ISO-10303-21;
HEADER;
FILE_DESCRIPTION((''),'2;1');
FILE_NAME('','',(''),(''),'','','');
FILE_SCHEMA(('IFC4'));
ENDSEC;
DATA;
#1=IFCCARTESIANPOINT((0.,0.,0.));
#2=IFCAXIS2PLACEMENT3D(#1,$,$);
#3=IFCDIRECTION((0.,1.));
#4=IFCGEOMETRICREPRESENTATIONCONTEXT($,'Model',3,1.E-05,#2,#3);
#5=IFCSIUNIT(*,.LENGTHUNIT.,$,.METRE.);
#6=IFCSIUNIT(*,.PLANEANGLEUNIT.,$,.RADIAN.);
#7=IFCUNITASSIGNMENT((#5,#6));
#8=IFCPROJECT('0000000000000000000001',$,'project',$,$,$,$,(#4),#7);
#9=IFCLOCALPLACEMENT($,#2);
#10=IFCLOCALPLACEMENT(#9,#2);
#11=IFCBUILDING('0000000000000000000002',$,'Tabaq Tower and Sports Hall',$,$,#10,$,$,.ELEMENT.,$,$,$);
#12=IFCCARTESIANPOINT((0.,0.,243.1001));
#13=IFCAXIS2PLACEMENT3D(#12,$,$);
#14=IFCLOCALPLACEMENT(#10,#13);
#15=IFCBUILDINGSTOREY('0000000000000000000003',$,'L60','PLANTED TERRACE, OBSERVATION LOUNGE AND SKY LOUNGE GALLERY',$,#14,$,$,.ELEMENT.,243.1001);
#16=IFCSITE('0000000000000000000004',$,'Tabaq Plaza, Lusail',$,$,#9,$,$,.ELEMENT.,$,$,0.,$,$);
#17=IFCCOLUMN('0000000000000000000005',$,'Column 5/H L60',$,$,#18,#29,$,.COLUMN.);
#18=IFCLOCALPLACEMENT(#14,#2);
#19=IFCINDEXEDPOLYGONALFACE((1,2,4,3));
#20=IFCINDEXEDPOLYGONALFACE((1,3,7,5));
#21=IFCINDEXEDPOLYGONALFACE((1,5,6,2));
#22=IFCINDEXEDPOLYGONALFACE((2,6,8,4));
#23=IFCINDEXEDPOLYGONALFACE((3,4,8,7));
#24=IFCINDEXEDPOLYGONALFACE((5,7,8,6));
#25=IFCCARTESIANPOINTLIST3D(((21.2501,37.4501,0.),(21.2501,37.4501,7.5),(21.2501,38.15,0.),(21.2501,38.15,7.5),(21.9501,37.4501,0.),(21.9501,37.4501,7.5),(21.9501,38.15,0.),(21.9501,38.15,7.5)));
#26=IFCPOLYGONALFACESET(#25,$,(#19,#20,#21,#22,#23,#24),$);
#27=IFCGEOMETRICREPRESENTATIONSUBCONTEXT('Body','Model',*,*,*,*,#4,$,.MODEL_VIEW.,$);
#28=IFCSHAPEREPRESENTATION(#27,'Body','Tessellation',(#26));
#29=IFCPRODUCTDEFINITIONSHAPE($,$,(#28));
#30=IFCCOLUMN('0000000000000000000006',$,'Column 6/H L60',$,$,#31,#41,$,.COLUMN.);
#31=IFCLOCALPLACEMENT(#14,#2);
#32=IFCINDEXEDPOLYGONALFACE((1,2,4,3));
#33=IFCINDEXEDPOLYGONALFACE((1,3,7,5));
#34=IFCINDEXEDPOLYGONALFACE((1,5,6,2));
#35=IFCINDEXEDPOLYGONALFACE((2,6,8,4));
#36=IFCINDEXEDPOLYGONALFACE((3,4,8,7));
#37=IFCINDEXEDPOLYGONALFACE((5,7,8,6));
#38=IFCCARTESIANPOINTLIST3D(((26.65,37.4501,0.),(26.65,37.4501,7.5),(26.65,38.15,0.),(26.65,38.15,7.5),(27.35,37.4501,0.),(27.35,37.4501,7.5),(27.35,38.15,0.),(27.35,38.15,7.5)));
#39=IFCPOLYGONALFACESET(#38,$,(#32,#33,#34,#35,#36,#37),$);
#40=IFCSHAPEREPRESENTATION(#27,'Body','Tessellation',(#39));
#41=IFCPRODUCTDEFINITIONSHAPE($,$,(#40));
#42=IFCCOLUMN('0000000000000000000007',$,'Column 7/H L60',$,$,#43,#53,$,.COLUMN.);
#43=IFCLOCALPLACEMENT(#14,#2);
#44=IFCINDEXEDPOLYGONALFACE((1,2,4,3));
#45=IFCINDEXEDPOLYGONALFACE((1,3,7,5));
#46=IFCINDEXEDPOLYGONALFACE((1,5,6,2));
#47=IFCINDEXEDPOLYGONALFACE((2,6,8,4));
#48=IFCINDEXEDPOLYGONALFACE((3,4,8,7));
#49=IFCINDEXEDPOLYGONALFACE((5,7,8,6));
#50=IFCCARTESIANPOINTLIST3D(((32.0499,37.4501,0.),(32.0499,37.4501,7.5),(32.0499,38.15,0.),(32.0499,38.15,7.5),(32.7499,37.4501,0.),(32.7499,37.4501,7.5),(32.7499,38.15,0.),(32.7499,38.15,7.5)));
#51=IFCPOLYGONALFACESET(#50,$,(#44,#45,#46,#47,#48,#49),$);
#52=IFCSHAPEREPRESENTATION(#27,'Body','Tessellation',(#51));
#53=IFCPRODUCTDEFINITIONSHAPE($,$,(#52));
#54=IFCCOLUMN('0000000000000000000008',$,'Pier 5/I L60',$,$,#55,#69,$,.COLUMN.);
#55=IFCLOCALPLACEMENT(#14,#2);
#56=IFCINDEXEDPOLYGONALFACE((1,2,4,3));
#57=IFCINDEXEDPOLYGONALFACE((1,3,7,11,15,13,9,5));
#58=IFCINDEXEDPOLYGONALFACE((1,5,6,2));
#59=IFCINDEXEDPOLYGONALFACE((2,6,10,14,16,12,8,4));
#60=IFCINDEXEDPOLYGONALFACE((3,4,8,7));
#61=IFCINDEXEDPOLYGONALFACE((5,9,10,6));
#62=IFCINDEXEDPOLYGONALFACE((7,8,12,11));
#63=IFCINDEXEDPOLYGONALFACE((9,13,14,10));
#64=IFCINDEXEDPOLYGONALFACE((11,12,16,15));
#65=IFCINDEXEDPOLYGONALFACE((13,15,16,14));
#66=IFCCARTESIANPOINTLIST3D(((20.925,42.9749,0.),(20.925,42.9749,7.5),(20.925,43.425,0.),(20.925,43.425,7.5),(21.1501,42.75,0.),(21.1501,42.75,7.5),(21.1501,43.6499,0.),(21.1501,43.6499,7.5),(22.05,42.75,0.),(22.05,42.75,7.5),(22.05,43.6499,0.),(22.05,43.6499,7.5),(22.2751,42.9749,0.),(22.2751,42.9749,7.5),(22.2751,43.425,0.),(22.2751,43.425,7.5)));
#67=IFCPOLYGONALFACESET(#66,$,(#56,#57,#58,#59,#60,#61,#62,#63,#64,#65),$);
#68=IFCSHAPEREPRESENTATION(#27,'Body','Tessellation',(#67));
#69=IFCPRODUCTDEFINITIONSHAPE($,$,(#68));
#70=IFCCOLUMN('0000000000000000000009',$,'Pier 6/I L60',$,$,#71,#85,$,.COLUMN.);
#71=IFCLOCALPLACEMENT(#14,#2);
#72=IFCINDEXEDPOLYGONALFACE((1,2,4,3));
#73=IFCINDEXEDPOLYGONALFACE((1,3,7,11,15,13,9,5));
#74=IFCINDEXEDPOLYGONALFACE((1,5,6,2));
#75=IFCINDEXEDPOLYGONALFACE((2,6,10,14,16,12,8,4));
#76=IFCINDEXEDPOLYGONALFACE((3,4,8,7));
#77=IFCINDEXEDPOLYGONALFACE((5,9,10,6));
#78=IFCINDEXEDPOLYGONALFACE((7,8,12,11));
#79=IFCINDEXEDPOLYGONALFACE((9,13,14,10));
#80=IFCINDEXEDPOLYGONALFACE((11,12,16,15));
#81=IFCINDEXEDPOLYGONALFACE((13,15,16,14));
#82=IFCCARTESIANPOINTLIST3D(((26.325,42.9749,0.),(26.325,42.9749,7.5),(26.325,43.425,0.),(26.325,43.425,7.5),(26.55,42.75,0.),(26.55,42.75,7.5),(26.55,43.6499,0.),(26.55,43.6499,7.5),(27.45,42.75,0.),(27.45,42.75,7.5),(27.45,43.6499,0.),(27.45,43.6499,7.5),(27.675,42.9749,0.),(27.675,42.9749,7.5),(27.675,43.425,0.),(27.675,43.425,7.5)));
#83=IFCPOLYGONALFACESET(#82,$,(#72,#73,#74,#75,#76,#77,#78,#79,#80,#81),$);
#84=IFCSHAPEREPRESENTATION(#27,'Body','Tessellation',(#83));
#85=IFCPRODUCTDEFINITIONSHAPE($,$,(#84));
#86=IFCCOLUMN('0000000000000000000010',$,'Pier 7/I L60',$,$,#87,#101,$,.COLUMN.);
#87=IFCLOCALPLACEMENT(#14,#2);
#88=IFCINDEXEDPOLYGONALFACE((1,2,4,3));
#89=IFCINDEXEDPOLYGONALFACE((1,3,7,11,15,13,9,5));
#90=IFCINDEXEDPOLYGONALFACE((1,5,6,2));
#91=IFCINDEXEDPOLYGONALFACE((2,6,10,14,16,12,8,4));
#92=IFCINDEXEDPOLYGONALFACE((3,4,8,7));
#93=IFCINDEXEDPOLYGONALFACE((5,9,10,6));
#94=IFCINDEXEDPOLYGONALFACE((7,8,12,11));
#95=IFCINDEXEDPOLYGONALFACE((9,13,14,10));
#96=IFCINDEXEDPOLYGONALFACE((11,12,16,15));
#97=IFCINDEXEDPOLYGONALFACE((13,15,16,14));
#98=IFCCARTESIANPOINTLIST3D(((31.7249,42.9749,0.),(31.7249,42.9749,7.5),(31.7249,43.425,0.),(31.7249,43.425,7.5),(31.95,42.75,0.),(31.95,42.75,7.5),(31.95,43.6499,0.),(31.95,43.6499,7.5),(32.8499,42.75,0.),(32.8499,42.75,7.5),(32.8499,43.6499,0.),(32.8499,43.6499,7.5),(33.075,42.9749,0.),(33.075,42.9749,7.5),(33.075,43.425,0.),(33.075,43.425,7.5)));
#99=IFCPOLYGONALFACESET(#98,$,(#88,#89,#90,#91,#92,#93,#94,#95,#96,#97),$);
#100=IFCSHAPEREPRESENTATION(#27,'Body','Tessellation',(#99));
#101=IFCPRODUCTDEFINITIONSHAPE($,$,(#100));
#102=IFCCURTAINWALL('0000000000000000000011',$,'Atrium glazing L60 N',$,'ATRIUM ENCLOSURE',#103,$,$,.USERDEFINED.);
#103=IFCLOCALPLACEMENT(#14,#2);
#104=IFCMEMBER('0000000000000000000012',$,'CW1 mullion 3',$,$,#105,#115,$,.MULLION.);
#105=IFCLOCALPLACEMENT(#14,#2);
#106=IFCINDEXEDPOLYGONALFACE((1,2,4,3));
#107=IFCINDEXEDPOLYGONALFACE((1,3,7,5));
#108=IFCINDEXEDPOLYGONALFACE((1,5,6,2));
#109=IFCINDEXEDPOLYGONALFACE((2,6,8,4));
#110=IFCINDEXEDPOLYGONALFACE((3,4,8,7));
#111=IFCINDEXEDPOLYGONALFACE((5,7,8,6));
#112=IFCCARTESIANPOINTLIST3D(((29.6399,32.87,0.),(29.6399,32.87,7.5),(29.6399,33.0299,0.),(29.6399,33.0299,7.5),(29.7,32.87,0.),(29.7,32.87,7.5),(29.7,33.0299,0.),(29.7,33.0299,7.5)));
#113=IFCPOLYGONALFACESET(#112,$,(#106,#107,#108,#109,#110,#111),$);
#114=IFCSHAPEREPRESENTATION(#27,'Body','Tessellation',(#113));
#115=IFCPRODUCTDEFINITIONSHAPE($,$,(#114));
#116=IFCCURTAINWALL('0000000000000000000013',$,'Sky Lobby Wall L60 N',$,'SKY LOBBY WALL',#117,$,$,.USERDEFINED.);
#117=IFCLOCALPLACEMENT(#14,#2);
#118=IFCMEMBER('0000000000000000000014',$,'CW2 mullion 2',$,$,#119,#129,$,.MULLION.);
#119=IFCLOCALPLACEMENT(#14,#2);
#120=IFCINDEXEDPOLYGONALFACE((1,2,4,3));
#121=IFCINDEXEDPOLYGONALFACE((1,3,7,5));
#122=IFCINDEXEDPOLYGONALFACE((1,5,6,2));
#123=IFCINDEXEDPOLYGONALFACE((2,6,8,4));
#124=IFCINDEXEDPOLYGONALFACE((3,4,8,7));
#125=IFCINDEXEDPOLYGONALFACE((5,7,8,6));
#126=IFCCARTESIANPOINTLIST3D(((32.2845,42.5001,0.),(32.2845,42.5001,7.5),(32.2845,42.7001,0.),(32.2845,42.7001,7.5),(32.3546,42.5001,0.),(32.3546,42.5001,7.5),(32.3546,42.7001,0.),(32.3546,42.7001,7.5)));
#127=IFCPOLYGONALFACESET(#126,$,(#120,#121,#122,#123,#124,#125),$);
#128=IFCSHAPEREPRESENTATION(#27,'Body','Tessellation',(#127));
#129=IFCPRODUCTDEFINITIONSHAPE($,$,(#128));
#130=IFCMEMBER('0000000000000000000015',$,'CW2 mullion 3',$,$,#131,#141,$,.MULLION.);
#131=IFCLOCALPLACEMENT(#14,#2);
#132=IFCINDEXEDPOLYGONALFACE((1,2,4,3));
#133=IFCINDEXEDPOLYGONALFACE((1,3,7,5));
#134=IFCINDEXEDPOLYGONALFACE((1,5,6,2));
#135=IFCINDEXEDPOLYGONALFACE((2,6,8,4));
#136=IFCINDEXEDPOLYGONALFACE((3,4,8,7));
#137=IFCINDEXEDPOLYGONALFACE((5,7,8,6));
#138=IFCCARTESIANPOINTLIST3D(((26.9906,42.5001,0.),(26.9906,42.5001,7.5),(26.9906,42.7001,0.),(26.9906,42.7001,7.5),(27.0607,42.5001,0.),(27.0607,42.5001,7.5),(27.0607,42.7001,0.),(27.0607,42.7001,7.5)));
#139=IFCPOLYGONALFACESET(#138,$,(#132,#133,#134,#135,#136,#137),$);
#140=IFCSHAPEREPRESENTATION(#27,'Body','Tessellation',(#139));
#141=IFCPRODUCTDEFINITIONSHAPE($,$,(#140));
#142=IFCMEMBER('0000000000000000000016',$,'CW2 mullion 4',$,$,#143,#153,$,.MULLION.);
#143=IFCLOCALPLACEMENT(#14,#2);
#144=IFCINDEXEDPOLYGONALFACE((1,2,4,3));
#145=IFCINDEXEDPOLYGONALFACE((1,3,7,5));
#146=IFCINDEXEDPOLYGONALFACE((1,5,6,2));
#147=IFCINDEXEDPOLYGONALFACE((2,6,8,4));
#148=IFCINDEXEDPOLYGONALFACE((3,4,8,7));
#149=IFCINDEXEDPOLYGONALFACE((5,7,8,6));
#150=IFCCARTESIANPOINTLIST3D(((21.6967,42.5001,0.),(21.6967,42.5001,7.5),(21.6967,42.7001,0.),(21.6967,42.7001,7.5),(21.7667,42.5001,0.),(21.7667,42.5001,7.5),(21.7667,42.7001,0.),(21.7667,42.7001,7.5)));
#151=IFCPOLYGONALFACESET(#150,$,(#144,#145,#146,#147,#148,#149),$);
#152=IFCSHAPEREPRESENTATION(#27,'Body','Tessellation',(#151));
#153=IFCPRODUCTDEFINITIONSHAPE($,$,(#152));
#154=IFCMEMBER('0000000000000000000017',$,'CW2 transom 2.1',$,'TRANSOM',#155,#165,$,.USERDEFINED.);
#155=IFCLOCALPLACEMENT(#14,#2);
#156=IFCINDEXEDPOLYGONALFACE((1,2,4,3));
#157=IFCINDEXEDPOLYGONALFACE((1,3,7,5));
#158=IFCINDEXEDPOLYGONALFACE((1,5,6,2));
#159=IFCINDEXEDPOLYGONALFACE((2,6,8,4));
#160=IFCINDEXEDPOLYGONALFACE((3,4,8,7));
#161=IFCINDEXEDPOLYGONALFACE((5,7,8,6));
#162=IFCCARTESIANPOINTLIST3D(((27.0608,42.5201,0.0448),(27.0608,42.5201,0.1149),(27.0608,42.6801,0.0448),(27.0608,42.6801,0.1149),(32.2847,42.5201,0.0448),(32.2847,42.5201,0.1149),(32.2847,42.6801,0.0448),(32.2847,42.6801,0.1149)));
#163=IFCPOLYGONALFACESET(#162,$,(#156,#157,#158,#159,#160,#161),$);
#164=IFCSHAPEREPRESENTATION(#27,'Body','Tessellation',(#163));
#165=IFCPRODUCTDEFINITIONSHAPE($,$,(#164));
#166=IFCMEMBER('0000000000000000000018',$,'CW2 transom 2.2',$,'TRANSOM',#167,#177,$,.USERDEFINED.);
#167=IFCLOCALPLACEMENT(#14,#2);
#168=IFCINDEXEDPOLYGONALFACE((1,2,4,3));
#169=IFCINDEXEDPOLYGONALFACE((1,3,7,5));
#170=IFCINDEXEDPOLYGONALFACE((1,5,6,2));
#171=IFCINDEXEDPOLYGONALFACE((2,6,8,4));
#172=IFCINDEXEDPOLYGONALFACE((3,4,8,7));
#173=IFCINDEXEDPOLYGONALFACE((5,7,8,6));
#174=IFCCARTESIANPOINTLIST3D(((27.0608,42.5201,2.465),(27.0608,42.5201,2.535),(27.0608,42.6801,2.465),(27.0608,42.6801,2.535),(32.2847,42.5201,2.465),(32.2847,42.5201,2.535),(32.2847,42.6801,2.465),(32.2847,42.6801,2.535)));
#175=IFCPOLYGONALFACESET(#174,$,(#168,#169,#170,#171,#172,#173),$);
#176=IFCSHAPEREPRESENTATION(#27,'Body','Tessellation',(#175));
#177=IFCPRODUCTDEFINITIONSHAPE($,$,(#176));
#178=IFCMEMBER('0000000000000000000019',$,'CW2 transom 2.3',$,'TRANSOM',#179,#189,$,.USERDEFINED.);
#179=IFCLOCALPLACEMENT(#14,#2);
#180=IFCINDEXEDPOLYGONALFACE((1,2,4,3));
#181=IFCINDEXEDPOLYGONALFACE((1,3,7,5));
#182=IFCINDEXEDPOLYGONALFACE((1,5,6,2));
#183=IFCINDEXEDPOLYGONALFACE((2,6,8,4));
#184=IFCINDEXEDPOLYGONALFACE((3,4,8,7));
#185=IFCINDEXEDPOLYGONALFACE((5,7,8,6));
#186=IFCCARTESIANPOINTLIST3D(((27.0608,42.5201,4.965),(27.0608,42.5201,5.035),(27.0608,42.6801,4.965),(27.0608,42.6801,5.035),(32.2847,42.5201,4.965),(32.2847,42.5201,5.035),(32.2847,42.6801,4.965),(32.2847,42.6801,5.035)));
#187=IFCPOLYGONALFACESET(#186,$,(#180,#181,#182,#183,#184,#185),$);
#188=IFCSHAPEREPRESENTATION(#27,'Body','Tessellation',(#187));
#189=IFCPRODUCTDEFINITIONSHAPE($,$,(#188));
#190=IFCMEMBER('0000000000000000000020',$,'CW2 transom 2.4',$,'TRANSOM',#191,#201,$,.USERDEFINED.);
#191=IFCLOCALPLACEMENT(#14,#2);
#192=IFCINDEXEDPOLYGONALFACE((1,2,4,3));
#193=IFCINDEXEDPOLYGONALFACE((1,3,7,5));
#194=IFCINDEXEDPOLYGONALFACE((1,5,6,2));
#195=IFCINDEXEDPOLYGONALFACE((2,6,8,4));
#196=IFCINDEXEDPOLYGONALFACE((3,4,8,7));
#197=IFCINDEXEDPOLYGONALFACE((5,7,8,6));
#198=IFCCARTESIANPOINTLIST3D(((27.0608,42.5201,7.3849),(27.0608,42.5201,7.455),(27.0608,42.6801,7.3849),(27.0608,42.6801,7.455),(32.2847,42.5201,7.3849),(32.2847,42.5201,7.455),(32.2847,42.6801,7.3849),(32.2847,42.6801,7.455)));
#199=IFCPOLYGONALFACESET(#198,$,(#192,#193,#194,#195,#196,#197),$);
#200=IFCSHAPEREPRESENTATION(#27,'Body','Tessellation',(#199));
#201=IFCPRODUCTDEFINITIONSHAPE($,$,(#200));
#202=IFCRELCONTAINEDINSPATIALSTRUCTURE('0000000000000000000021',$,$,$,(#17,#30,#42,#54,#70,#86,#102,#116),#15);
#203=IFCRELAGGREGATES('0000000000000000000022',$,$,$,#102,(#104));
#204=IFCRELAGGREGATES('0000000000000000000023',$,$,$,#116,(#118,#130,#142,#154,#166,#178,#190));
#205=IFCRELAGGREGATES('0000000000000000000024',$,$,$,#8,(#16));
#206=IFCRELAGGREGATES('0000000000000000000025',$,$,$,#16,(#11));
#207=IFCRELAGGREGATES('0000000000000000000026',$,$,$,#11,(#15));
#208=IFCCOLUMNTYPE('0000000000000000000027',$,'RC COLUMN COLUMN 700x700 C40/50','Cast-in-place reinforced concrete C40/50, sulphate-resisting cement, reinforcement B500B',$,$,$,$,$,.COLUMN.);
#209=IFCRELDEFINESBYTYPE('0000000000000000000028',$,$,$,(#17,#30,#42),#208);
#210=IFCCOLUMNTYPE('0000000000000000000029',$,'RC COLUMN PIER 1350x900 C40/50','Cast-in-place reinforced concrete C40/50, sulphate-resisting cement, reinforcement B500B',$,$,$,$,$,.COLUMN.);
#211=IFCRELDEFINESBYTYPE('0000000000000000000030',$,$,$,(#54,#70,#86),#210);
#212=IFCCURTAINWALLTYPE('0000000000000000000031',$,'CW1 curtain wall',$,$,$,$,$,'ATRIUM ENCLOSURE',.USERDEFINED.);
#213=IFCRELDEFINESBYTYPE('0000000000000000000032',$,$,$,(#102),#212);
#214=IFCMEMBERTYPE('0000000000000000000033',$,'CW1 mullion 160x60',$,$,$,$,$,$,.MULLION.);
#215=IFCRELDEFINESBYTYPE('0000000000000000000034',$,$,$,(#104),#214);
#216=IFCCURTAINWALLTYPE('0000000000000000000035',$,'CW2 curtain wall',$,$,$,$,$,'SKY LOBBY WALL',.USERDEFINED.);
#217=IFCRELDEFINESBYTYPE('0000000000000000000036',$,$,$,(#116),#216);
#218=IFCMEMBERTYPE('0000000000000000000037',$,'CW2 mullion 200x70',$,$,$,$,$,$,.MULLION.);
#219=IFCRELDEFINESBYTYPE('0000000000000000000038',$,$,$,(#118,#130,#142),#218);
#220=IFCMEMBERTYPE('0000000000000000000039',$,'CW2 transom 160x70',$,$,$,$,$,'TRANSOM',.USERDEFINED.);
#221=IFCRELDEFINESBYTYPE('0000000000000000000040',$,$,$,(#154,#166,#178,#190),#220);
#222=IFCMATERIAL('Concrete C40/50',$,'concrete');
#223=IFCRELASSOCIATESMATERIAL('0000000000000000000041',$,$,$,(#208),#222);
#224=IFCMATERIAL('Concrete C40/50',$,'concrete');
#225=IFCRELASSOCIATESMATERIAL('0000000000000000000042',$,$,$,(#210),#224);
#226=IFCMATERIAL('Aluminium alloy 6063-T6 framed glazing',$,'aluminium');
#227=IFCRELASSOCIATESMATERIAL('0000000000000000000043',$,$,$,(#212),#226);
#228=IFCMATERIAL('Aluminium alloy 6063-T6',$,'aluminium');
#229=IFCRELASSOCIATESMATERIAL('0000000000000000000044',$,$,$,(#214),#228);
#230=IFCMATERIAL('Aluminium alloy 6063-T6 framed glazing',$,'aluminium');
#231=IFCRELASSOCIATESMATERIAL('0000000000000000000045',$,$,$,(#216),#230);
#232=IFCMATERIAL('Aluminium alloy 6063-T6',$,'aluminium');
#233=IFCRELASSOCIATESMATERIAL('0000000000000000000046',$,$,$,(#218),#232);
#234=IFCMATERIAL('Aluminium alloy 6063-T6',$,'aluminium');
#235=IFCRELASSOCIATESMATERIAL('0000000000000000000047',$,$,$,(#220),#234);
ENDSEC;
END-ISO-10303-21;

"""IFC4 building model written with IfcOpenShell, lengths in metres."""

from ifc_helpers import new_model, si_unit, direction, frame, origin, origin_2d, place, context, subcontext, project, spatial, polyline, rectangle, outline, extrude, material, material_profile, profile_set, type_object, element, aggregate, save


model = new_model("IFC4")

# Units and contexts
model_context = context("Model", 3, precision=1e-05, world=origin(), true_north=direction((0.0, 1.0)))
body_context = subcontext(model_context, "Body", "Model", "MODEL_VIEW")
ifc_project = project(units=[si_unit("LENGTHUNIT", "METRE"), si_unit("PLANEANGLEUNIT", "RADIAN")], contexts=[model_context])

# Site, building, storey
site_placement = place(None, origin())
site = spatial("IfcSite", under=ifc_project, at=site_placement, Name="Tabaq Plaza, Lusail", CompositionType="ELEMENT", RefElevation=0.0)
building_placement = place(site_placement, origin())
building = spatial("IfcBuilding", under=site, at=building_placement, Name="Tabaq Tower and Sports Hall", CompositionType="ELEMENT")
storey_placement = place(building_placement, frame((0.0, 0.0, 243.1001)))
storey = spatial("IfcBuildingStorey", under=building, at=storey_placement, Name="L60", Description="PLANTED TERRACE, OBSERVATION LOUNGE AND SKY LOUNGE GALLERY", CompositionType="ELEMENT", Elevation=243.1001)

# Columns
ifc_material_1 = material(Name="Concrete C40/50", Category="concrete")
ifc_material_profile_1 = material_profile(ifc_material_1, rectangle(XDim=0.7, YDim=0.7, at=origin_2d()), Name="COLUMN 700x700")
ifc_profile_set_1 = profile_set([ifc_material_profile_1], Name="Concrete C40/50")
column_type_1 = type_object("IfcColumnType", Name="RC COLUMN COLUMN 700x700 C40/50", Description="Cast-in-place reinforced concrete C40/50, sulphate-resisting cement, reinforcement B500B", PredefinedType="COLUMN", material=ifc_profile_set_1)
for number, where, z_axis, x_axis, name in (
    (1, (21.6001, 37.8, 0.0), (0.0, 0.0, 1.0), (1.0, 0.0, 0.0), "Column 5/H L60"),
    (2, (27.0, 37.8, 0.0), (0.0, 0.0, 1.0), (1.0, 0.0, 0.0), "Column 6/H L60"),
    (3, (32.3999, 37.8, 0.0), (0.0, 0.0, 1.0), (1.0, 0.0, 0.0), "Column 7/H L60"),
):
    element("IfcColumn", number, at=place(storey_placement, frame(where, z_axis=z_axis, x_axis=x_axis)), inside=storey, type_object=column_type_1, Name=name, PredefinedType="COLUMN", context=body_context, shape_type="SweptSolid", body=[
        extrude(rectangle(XDim=0.7, YDim=0.7, at=origin_2d()), origin(), (0.0, 0.0, 1.0), 7.5),
    ])
ifc_material_2 = material(Name="Concrete C40/50", Category="concrete")
ifc_material_profile_2 = material_profile(ifc_material_2, outline(polyline([(-0.45, -0.45), (0.45, -0.45), (0.675, -0.2251), (0.675, 0.2251), (0.45, 0.45), (-0.45, 0.45), (-0.675, 0.2251), (-0.675, -0.2251), (-0.45, -0.45)])), Name="PIER 1350x900")
ifc_profile_set_2 = profile_set([ifc_material_profile_2], Name="Concrete C40/50")
column_type_2 = type_object("IfcColumnType", Name="RC COLUMN PIER 1350x900 C40/50", Description="Cast-in-place reinforced concrete C40/50, sulphate-resisting cement, reinforcement B500B", PredefinedType="COLUMN", material=ifc_profile_set_2)
for number, where, z_axis, x_axis, name in (
    (4, (21.6001, 43.2, 0.0), (0.0, 0.0, 1.0), (1.0, 0.0, 0.0), "Pier 5/I L60"),
    (5, (27.0, 43.2, 0.0), (0.0, 0.0, 1.0), (1.0, 0.0, 0.0), "Pier 6/I L60"),
    (6, (32.3999, 43.2, 0.0), (0.0, 0.0, 1.0), (1.0, 0.0, 0.0), "Pier 7/I L60"),
):
    element("IfcColumn", number, at=place(storey_placement, frame(where, z_axis=z_axis, x_axis=x_axis)), inside=storey, type_object=column_type_2, Name=name, PredefinedType="COLUMN", context=body_context, shape_type="SweptSolid", body=[
        extrude(outline(polyline([(-0.45, -0.45), (0.45, -0.45), (0.675, -0.2251), (0.675, 0.2251), (0.45, 0.45), (-0.45, 0.45), (-0.675, 0.2251), (-0.675, -0.2251), (-0.45, -0.45)])), origin(), (0.0, 0.0, 1.0), 7.5),
    ])

# Curtain wall, member
ifc_material_3 = material(Name="Aluminium alloy 6063-T6 framed glazing", Category="aluminium")
curtain_wall_type_1 = type_object("IfcCurtainWallType", Name="CW1 curtain wall", ElementType="ATRIUM ENCLOSURE", PredefinedType="USERDEFINED", material=ifc_material_3)
curtain_wall_1_placement = place(storey_placement, origin())
curtain_wall_1 = element("IfcCurtainWall", 7, at=curtain_wall_1_placement, inside=storey, type_object=curtain_wall_type_1, Name="Atrium glazing L60 N", ObjectType="ATRIUM ENCLOSURE", PredefinedType="USERDEFINED")
ifc_material_4 = material(Name="Aluminium alloy 6063-T6", Category="aluminium")
ifc_material_profile_3 = material_profile(ifc_material_4, rectangle(XDim=0.1599, YDim=0.0601, at=origin_2d()), Name="MULLION 160x60")
ifc_profile_set_3 = profile_set([ifc_material_profile_3], Name="Aluminium alloy 6063-T6")
member_type_1 = type_object("IfcMemberType", Name="CW1 mullion 160x60", PredefinedType="MULLION", material=ifc_profile_set_3)
member_1_placement = place(storey_placement, frame((29.6699, 32.95, 0.0), z_axis=(0.0, 0.0, 1.0), x_axis=(0.0, 1.0, 0.0)))
member_1 = element("IfcMember", 8, at=member_1_placement, type_object=member_type_1, Name="CW1 mullion 3", PredefinedType="MULLION", context=body_context, shape_type="SweptSolid", body=[
    extrude(rectangle(XDim=0.1599, YDim=0.0601, at=origin_2d()), origin(), (0.0, 0.0, 1.0), 7.5),
])

# Curtain wall, members
ifc_material_5 = material(Name="Aluminium alloy 6063-T6 framed glazing", Category="aluminium")
curtain_wall_type_2 = type_object("IfcCurtainWallType", Name="CW2 curtain wall", ElementType="SKY LOBBY WALL", PredefinedType="USERDEFINED", material=ifc_material_5)
curtain_wall_2_placement = place(storey_placement, origin())
curtain_wall_2 = element("IfcCurtainWall", 9, at=curtain_wall_2_placement, inside=storey, type_object=curtain_wall_type_2, Name="Sky Lobby Wall L60 N", ObjectType="SKY LOBBY WALL", PredefinedType="USERDEFINED")
ifc_material_6 = material(Name="Aluminium alloy 6063-T6", Category="aluminium")
ifc_material_profile_4 = material_profile(ifc_material_6, rectangle(XDim=0.2, YDim=0.0701, at=origin_2d()), Name="MULLION 200x70")
ifc_profile_set_4 = profile_set([ifc_material_profile_4], Name="Aluminium alloy 6063-T6")
member_type_2 = type_object("IfcMemberType", Name="CW2 mullion 200x70", PredefinedType="MULLION", material=ifc_profile_set_4)
member_2_placement = place(storey_placement, frame((32.3196, 42.6001, 0.0), z_axis=(0.0, 0.0, 1.0), x_axis=(0.0, -1.0, 0.0)))
member_2 = element("IfcMember", 10, at=member_2_placement, type_object=member_type_2, Name="CW2 mullion 2", PredefinedType="MULLION", context=body_context, shape_type="SweptSolid", body=[
    extrude(rectangle(XDim=0.2, YDim=0.0701, at=origin_2d()), origin(), (0.0, 0.0, 1.0), 7.5),
])
member_3_placement = place(storey_placement, frame((27.0256, 42.6001, 0.0), z_axis=(0.0, 0.0, 1.0), x_axis=(0.0, -1.0, 0.0)))
member_3 = element("IfcMember", 11, at=member_3_placement, type_object=member_type_2, Name="CW2 mullion 3", PredefinedType="MULLION", context=body_context, shape_type="SweptSolid", body=[
    extrude(rectangle(XDim=0.2, YDim=0.0701, at=origin_2d()), origin(), (0.0, 0.0, 1.0), 7.5),
])
member_4_placement = place(storey_placement, frame((21.7317, 42.6001, 0.0), z_axis=(0.0, 0.0, 1.0), x_axis=(0.0, -1.0, 0.0)))
member_4 = element("IfcMember", 12, at=member_4_placement, type_object=member_type_2, Name="CW2 mullion 4", PredefinedType="MULLION", context=body_context, shape_type="SweptSolid", body=[
    extrude(rectangle(XDim=0.2, YDim=0.0701, at=origin_2d()), origin(), (0.0, 0.0, 1.0), 7.5),
])
ifc_material_7 = material(Name="Aluminium alloy 6063-T6", Category="aluminium")
ifc_material_profile_5 = material_profile(ifc_material_7, rectangle(XDim=0.1599, YDim=0.0701, at=origin_2d()), Name="TRANSOM 160x70")
ifc_profile_set_5 = profile_set([ifc_material_profile_5], Name="Aluminium alloy 6063-T6")
member_type_3 = type_object("IfcMemberType", Name="CW2 transom 160x70", ElementType="TRANSOM", PredefinedType="USERDEFINED", material=ifc_profile_set_5)
member_5_placement = place(storey_placement, frame((32.2847, 42.6001, 0.0798), z_axis=(-1.0, 0.0, 0.0), x_axis=(0.0, -1.0, 0.0)))
member_5 = element("IfcMember", 13, at=member_5_placement, type_object=member_type_3, Name="CW2 transom 2.1", ObjectType="TRANSOM", PredefinedType="USERDEFINED", context=body_context, shape_type="SweptSolid", body=[
    extrude(rectangle(XDim=0.1599, YDim=0.0701, at=origin_2d()), origin(), (0.0, 0.0, 1.0), 5.2239),
])
member_6_placement = place(storey_placement, frame((32.2847, 42.6001, 2.5), z_axis=(-1.0, 0.0, 0.0), x_axis=(0.0, -1.0, 0.0)))
member_6 = element("IfcMember", 14, at=member_6_placement, type_object=member_type_3, Name="CW2 transom 2.2", ObjectType="TRANSOM", PredefinedType="USERDEFINED", context=body_context, shape_type="SweptSolid", body=[
    extrude(rectangle(XDim=0.1599, YDim=0.0701, at=origin_2d()), origin(), (0.0, 0.0, 1.0), 5.2239),
])
member_7_placement = place(storey_placement, frame((32.2847, 42.6001, 5.0), z_axis=(-1.0, 0.0, 0.0), x_axis=(0.0, -1.0, 0.0)))
member_7 = element("IfcMember", 15, at=member_7_placement, type_object=member_type_3, Name="CW2 transom 2.3", ObjectType="TRANSOM", PredefinedType="USERDEFINED", context=body_context, shape_type="SweptSolid", body=[
    extrude(rectangle(XDim=0.1599, YDim=0.0701, at=origin_2d()), origin(), (0.0, 0.0, 1.0), 5.2239),
])
member_8_placement = place(storey_placement, frame((32.2847, 42.6001, 7.4199), z_axis=(-1.0, 0.0, 0.0), x_axis=(0.0, -1.0, 0.0)))
member_8 = element("IfcMember", 16, at=member_8_placement, type_object=member_type_3, Name="CW2 transom 2.4", ObjectType="TRANSOM", PredefinedType="USERDEFINED", context=body_context, shape_type="SweptSolid", body=[
    extrude(rectangle(XDim=0.1599, YDim=0.0701, at=origin_2d()), origin(), (0.0, 0.0, 1.0), 5.2239),
])

aggregate(curtain_wall_1, [member_1])
aggregate(curtain_wall_2, [member_2, member_3, member_4, member_5, member_6, member_7, member_8])

save(model, "model.ifc")
